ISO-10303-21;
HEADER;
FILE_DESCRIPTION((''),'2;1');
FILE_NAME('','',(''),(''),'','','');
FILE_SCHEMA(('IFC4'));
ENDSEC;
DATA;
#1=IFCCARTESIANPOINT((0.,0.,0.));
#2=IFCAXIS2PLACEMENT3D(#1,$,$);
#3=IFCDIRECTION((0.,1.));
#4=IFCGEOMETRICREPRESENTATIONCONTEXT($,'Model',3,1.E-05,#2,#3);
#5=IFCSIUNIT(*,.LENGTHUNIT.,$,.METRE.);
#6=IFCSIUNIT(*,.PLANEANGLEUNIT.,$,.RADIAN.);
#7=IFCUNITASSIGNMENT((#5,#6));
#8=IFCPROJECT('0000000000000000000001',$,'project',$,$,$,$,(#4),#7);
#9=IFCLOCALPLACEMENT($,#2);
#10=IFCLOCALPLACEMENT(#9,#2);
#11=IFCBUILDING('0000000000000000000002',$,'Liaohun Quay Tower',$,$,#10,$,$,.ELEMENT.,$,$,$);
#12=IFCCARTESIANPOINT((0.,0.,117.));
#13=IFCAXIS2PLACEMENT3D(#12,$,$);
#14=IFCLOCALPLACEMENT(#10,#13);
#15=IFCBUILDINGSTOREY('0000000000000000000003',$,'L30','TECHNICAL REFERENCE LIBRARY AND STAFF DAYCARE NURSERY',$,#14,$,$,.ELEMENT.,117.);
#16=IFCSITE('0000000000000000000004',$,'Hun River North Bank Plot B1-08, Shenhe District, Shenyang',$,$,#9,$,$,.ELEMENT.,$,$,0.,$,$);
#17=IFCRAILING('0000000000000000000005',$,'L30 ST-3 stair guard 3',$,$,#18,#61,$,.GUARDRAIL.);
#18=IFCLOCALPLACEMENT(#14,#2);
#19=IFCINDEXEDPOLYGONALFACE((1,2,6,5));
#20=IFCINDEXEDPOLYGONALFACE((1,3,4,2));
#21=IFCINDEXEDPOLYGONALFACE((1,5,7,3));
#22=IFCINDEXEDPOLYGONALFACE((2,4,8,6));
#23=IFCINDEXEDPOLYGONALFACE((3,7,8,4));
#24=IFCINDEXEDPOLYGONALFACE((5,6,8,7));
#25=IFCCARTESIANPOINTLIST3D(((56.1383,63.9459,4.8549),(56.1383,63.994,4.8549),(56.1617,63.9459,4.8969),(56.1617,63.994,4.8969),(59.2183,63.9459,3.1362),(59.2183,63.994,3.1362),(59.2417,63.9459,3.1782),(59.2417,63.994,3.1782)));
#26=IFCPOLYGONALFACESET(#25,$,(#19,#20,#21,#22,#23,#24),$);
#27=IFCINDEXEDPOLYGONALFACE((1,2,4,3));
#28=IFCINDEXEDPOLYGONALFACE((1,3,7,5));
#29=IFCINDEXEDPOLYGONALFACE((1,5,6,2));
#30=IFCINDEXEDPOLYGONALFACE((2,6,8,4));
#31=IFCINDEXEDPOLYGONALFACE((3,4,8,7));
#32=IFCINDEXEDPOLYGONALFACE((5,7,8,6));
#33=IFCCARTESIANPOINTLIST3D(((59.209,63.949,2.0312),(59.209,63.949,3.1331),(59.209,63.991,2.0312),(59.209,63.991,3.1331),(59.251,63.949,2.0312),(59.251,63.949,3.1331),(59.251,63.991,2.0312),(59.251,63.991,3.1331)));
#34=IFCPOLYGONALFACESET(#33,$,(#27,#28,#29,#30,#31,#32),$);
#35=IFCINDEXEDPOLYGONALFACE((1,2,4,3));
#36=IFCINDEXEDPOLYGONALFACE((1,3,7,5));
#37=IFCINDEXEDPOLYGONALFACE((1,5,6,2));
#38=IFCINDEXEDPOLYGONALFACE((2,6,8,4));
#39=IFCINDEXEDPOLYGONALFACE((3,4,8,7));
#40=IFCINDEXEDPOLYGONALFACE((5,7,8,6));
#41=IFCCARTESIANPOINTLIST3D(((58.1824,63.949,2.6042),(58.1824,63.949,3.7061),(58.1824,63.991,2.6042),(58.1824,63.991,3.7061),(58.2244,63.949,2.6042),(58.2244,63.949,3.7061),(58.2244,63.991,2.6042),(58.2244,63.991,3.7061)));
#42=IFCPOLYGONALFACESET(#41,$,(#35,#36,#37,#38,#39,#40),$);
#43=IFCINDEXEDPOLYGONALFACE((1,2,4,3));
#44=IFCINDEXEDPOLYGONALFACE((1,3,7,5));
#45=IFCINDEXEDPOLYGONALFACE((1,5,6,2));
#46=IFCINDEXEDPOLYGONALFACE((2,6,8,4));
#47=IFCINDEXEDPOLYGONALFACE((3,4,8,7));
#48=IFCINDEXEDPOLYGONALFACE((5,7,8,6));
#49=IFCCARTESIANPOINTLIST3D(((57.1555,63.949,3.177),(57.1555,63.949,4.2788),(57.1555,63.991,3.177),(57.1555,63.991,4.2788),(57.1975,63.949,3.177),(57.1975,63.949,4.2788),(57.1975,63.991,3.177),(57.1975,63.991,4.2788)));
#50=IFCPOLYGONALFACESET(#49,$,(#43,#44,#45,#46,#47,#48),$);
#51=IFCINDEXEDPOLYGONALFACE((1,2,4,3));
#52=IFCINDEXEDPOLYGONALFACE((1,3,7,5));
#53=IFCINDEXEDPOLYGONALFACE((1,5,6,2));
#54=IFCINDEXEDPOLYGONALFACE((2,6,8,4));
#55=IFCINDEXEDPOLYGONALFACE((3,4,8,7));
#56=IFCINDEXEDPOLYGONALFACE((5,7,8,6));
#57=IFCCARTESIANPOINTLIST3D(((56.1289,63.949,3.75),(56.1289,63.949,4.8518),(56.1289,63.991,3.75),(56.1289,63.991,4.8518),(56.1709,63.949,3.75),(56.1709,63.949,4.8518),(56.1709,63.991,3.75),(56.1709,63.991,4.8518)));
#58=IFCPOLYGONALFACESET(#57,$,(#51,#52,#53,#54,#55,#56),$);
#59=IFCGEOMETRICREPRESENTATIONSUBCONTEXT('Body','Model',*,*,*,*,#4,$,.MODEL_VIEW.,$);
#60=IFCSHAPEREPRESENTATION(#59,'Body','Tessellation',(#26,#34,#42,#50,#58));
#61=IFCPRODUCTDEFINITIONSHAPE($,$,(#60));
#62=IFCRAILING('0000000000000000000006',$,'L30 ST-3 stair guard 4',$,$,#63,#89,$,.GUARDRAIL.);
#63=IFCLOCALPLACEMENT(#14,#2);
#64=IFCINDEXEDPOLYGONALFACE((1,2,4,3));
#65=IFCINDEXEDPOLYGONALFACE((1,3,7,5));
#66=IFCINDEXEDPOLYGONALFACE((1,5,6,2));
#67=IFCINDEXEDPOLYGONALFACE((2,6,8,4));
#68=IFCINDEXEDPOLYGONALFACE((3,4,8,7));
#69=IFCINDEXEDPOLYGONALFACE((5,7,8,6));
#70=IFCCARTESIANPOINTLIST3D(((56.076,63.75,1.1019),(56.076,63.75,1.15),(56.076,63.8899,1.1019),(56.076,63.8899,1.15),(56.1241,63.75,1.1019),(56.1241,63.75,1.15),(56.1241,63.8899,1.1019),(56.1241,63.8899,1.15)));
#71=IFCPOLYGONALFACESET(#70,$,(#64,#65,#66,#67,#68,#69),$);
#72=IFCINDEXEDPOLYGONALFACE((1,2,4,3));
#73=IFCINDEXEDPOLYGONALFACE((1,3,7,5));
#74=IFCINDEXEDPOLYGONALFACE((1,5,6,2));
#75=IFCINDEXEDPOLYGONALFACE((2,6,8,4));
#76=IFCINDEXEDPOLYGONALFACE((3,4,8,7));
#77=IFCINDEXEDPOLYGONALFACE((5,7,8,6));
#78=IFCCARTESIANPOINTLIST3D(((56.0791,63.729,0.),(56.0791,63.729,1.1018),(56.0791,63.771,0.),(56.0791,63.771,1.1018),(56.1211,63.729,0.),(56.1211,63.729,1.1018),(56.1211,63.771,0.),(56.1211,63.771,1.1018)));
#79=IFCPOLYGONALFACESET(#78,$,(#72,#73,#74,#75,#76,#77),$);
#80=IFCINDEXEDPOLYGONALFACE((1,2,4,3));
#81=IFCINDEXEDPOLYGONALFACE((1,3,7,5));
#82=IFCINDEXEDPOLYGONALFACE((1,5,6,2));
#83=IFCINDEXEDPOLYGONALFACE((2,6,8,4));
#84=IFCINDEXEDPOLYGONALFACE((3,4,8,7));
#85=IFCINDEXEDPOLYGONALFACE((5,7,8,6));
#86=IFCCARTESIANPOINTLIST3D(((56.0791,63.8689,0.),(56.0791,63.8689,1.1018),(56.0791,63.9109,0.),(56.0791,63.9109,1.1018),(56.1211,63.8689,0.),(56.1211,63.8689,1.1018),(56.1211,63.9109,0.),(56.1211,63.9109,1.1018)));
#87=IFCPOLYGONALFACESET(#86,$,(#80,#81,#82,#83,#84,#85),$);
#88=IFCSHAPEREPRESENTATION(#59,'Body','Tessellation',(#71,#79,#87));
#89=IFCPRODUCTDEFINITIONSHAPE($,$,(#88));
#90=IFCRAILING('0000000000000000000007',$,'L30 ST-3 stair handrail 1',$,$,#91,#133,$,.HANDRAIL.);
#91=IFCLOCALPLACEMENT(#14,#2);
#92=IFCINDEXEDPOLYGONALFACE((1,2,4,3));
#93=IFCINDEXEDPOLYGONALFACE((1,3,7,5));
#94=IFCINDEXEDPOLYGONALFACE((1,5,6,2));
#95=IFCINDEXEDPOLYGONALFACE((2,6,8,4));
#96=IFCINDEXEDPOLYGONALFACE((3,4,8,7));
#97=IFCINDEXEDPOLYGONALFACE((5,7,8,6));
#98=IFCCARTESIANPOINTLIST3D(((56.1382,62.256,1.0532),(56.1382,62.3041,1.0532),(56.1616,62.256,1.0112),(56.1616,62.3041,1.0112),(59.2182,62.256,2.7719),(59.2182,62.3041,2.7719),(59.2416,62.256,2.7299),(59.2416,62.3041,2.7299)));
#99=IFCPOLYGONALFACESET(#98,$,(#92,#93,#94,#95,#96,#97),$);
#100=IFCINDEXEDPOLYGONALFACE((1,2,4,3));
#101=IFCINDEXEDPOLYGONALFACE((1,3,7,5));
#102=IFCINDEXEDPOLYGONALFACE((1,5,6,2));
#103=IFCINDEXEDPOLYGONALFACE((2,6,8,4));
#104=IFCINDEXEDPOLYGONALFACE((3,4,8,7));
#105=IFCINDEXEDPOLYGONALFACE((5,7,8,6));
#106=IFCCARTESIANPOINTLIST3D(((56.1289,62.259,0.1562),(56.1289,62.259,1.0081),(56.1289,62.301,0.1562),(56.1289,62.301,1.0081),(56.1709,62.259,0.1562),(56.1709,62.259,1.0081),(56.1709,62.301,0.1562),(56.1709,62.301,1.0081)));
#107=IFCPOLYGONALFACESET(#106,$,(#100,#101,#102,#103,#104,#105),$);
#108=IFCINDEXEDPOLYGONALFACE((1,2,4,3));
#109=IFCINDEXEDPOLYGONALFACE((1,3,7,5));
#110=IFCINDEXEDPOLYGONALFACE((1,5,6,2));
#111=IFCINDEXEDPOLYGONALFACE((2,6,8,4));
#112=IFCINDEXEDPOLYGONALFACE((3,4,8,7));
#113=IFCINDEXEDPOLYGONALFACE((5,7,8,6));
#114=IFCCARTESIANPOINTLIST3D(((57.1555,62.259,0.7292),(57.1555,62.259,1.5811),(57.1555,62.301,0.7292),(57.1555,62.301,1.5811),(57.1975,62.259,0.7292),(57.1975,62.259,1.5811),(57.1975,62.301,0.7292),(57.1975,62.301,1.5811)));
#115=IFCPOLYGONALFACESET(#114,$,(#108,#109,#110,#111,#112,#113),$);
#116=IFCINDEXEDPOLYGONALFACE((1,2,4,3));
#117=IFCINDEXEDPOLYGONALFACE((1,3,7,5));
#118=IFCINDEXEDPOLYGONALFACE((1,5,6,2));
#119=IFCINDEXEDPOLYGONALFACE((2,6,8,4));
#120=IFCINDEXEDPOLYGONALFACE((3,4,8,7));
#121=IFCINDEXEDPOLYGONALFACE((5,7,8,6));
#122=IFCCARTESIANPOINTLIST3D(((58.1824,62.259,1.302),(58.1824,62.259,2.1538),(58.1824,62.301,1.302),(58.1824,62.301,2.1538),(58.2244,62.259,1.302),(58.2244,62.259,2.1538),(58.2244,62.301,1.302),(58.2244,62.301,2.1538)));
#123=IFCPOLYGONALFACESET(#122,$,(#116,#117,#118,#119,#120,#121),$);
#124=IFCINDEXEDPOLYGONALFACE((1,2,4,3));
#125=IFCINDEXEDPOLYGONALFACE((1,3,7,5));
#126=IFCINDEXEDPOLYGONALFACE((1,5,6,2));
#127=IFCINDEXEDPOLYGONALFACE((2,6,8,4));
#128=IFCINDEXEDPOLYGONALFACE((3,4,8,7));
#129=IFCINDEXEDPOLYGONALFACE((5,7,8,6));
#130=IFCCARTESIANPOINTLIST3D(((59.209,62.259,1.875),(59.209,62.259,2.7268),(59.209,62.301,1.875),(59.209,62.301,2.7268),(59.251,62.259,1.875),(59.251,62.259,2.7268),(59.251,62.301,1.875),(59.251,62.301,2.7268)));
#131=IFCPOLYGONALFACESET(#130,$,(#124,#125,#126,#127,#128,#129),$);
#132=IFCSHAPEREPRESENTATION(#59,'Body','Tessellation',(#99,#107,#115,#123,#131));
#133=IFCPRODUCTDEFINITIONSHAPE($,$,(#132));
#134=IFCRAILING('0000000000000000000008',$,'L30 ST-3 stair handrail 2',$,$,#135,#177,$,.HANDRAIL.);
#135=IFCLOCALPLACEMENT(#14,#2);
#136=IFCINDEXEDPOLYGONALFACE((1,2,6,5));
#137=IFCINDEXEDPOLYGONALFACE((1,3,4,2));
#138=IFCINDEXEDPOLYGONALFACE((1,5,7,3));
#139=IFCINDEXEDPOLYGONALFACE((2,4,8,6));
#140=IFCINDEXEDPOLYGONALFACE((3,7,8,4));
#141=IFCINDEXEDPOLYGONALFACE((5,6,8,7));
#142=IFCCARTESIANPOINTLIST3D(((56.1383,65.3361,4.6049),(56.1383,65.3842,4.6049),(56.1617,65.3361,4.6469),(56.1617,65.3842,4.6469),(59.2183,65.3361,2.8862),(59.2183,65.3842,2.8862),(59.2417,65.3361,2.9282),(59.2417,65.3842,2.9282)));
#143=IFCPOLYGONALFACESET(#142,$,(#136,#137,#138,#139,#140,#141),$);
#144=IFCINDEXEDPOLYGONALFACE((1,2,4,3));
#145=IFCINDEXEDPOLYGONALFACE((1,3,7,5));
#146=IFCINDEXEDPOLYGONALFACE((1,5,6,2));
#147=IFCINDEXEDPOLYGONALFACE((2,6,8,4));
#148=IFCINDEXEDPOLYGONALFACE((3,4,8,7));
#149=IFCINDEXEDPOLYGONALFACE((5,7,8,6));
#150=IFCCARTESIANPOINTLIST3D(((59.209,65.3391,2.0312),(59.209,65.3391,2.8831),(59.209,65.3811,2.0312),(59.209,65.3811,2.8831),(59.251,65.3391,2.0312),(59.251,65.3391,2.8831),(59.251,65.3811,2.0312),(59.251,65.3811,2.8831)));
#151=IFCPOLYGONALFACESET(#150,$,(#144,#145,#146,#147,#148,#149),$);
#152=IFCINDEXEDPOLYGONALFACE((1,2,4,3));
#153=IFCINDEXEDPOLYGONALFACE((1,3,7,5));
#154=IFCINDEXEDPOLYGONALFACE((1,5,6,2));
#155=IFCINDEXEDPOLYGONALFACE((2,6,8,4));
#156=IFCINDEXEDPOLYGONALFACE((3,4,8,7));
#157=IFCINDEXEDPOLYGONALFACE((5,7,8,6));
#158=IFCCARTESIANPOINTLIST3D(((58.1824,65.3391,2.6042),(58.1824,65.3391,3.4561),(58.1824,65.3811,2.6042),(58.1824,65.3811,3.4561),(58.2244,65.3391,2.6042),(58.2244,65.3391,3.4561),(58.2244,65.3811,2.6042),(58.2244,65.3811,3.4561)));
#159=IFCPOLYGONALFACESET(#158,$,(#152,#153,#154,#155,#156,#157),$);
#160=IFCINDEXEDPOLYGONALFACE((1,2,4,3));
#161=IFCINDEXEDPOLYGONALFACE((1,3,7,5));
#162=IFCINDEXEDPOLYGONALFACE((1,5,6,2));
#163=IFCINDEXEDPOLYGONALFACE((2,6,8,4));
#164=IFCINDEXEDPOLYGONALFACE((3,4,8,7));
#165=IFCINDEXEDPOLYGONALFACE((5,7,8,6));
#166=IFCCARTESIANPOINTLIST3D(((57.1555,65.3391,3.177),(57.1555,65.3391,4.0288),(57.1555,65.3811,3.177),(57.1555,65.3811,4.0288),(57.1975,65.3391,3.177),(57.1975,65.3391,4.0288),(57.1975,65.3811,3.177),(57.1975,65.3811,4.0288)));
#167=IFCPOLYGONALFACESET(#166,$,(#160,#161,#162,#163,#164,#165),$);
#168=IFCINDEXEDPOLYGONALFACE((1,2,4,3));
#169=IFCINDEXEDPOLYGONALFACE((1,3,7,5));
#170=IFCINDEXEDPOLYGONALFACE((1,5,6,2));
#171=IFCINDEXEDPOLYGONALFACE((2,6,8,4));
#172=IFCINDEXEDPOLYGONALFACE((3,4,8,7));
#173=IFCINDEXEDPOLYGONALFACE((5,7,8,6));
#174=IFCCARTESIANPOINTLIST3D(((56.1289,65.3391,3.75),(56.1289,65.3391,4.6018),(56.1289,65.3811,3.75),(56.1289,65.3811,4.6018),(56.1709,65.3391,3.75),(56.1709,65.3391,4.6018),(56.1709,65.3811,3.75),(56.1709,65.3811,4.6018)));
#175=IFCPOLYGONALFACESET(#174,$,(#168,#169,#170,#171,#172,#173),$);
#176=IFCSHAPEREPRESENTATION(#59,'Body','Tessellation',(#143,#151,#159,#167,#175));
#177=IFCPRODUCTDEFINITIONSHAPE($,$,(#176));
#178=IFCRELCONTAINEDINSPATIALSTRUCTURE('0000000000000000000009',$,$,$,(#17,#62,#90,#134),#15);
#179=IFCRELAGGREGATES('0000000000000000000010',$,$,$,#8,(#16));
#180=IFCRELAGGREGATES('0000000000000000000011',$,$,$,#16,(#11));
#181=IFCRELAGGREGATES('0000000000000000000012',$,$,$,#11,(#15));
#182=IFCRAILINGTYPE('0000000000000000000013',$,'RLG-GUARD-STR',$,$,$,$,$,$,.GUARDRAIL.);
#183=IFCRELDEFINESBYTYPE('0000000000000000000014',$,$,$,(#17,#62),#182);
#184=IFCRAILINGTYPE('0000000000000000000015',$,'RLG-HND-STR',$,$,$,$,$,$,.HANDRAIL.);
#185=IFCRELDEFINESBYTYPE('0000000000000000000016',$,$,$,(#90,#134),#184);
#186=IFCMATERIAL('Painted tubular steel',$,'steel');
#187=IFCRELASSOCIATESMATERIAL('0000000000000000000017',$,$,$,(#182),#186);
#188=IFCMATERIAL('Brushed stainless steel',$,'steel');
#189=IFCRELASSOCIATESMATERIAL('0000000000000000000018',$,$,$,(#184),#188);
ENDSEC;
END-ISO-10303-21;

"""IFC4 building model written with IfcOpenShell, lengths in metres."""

from ifc_helpers import new_model, si_unit, direction, frame, origin, origin_2d, place, context, subcontext, project, spatial, rectangle, extrude, material, type_object, element, save


model = new_model("IFC4")

# Units and contexts
model_context = context("Model", 3, precision=1e-05, world=origin(), true_north=direction((0.0, 1.0)))
body_context = subcontext(model_context, "Body", "Model", "MODEL_VIEW")
ifc_project = project(units=[si_unit("LENGTHUNIT", "METRE"), si_unit("PLANEANGLEUNIT", "RADIAN")], contexts=[model_context])

# Site, building, storey
site_placement = place(None, origin())
site = spatial("IfcSite", under=ifc_project, at=site_placement, Name="Hun River North Bank Plot B1-08, Shenhe District, Shenyang", CompositionType="ELEMENT", RefElevation=0.0)
building_placement = place(site_placement, origin())
building = spatial("IfcBuilding", under=site, at=building_placement, Name="Liaohun Quay Tower", CompositionType="ELEMENT")
storey_placement = place(building_placement, frame((0.0, 0.0, 117.0)))
storey = spatial("IfcBuildingStorey", under=building, at=storey_placement, Name="L30", Description="TECHNICAL REFERENCE LIBRARY AND STAFF DAYCARE NURSERY", CompositionType="ELEMENT", Elevation=117.0)

# Railings
ifc_material_1 = material(Name="Painted tubular steel", Category="steel")
railing_type_1 = type_object("IfcRailingType", Name="RLG-GUARD-STR", PredefinedType="GUARDRAIL", material=ifc_material_1)
railing_1_placement = place(storey_placement, frame((59.23, 63.97, 2.0312)))
element("IfcRailing", 1, at=railing_1_placement, inside=storey, type_object=railing_type_1, Name="L30 ST-3 stair guard 3", PredefinedType="GUARDRAIL", context=body_context, shape_type="SweptSolid", body=[
    extrude(rectangle(XDim=0.0481, YDim=0.0481, at=origin_2d()), frame((0.0, 0.0, 1.126), z_axis=(-0.873242, 0.0, 0.487288), x_axis=(0.0, -1.0, 0.0)), (0.0, 0.0, 1.0), 3.5271),
    extrude(rectangle(XDim=0.042, YDim=0.042, at=origin_2d()), origin(), (0.0, 0.0, 1.0), 1.1018),
    extrude(rectangle(XDim=0.042, YDim=0.042, at=origin_2d()), frame((-1.0266, 0.0, 0.573)), (0.0, 0.0, 1.0), 1.1018),
    extrude(rectangle(XDim=0.042, YDim=0.042, at=origin_2d()), frame((-2.0535, 0.0, 1.1458)), (0.0, 0.0, 1.0), 1.1018),
    extrude(rectangle(XDim=0.042, YDim=0.042, at=origin_2d()), frame((-3.0801, 0.0, 1.7188)), (0.0, 0.0, 1.0), 1.1018),
])
railing_2_placement = place(storey_placement, frame((56.1001, 63.75, 0.0)))
element("IfcRailing", 2, at=railing_2_placement, inside=storey, type_object=railing_type_1, Name="L30 ST-3 stair guard 4", PredefinedType="GUARDRAIL", context=body_context, shape_type="SweptSolid", body=[
    extrude(rectangle(XDim=0.0481, YDim=0.0481, at=origin_2d()), frame((0.0, 0.0, 1.126), z_axis=(0.0, 1.0, 0.0), x_axis=(-1.0, 0.0, 0.0)), (0.0, 0.0, 1.0), 0.1399),
    extrude(rectangle(XDim=0.042, YDim=0.042, at=origin_2d()), origin(), (0.0, 0.0, 1.0), 1.1018),
    extrude(rectangle(XDim=0.042, YDim=0.042, at=origin_2d()), frame((0.0, 0.1399, 0.0)), (0.0, 0.0, 1.0), 1.1018),
])
ifc_material_2 = material(Name="Brushed stainless steel", Category="steel")
railing_type_2 = type_object("IfcRailingType", Name="RLG-HND-STR", PredefinedType="HANDRAIL", material=ifc_material_2)
railing_3_placement = place(storey_placement, frame((56.1499, 62.28, 0.1562)))
element("IfcRailing", 3, at=railing_3_placement, inside=storey, type_object=railing_type_2, Name="L30 ST-3 stair handrail 1", PredefinedType="HANDRAIL", context=body_context, shape_type="SweptSolid", body=[
    extrude(rectangle(XDim=0.0481, YDim=0.0481, at=origin_2d()), frame((0.0, 0.0, 0.876), z_axis=(0.873242, 0.0, 0.487288), x_axis=(0.0, 1.0, 0.0)), (0.0, 0.0, 1.0), 3.5271),
    extrude(rectangle(XDim=0.042, YDim=0.042, at=origin_2d()), origin(), (0.0, 0.0, 1.0), 0.8518),
    extrude(rectangle(XDim=0.042, YDim=0.042, at=origin_2d()), frame((1.0266, 0.0, 0.573)), (0.0, 0.0, 1.0), 0.8518),
    extrude(rectangle(XDim=0.042, YDim=0.042, at=origin_2d()), frame((2.0535, 0.0, 1.1458)), (0.0, 0.0, 1.0), 0.8518),
    extrude(rectangle(XDim=0.042, YDim=0.042, at=origin_2d()), frame((3.0801, 0.0, 1.7188)), (0.0, 0.0, 1.0), 0.8518),
])
railing_4_placement = place(storey_placement, frame((59.23, 65.3601, 2.0312)))
element("IfcRailing", 4, at=railing_4_placement, inside=storey, type_object=railing_type_2, Name="L30 ST-3 stair handrail 2", PredefinedType="HANDRAIL", context=body_context, shape_type="SweptSolid", body=[
    extrude(rectangle(XDim=0.0481, YDim=0.0481, at=origin_2d()), frame((0.0, 0.0, 0.876), z_axis=(-0.873242, 0.0, 0.487288), x_axis=(0.0, -1.0, 0.0)), (0.0, 0.0, 1.0), 3.5271),
    extrude(rectangle(XDim=0.042, YDim=0.042, at=origin_2d()), origin(), (0.0, 0.0, 1.0), 0.8518),
    extrude(rectangle(XDim=0.042, YDim=0.042, at=origin_2d()), frame((-1.0266, 0.0, 0.573)), (0.0, 0.0, 1.0), 0.8518),
    extrude(rectangle(XDim=0.042, YDim=0.042, at=origin_2d()), frame((-2.0535, 0.0, 1.1458)), (0.0, 0.0, 1.0), 0.8518),
    extrude(rectangle(XDim=0.042, YDim=0.042, at=origin_2d()), frame((-3.0801, 0.0, 1.7188)), (0.0, 0.0, 1.0), 0.8518),
])

save(model, "model.ifc")
